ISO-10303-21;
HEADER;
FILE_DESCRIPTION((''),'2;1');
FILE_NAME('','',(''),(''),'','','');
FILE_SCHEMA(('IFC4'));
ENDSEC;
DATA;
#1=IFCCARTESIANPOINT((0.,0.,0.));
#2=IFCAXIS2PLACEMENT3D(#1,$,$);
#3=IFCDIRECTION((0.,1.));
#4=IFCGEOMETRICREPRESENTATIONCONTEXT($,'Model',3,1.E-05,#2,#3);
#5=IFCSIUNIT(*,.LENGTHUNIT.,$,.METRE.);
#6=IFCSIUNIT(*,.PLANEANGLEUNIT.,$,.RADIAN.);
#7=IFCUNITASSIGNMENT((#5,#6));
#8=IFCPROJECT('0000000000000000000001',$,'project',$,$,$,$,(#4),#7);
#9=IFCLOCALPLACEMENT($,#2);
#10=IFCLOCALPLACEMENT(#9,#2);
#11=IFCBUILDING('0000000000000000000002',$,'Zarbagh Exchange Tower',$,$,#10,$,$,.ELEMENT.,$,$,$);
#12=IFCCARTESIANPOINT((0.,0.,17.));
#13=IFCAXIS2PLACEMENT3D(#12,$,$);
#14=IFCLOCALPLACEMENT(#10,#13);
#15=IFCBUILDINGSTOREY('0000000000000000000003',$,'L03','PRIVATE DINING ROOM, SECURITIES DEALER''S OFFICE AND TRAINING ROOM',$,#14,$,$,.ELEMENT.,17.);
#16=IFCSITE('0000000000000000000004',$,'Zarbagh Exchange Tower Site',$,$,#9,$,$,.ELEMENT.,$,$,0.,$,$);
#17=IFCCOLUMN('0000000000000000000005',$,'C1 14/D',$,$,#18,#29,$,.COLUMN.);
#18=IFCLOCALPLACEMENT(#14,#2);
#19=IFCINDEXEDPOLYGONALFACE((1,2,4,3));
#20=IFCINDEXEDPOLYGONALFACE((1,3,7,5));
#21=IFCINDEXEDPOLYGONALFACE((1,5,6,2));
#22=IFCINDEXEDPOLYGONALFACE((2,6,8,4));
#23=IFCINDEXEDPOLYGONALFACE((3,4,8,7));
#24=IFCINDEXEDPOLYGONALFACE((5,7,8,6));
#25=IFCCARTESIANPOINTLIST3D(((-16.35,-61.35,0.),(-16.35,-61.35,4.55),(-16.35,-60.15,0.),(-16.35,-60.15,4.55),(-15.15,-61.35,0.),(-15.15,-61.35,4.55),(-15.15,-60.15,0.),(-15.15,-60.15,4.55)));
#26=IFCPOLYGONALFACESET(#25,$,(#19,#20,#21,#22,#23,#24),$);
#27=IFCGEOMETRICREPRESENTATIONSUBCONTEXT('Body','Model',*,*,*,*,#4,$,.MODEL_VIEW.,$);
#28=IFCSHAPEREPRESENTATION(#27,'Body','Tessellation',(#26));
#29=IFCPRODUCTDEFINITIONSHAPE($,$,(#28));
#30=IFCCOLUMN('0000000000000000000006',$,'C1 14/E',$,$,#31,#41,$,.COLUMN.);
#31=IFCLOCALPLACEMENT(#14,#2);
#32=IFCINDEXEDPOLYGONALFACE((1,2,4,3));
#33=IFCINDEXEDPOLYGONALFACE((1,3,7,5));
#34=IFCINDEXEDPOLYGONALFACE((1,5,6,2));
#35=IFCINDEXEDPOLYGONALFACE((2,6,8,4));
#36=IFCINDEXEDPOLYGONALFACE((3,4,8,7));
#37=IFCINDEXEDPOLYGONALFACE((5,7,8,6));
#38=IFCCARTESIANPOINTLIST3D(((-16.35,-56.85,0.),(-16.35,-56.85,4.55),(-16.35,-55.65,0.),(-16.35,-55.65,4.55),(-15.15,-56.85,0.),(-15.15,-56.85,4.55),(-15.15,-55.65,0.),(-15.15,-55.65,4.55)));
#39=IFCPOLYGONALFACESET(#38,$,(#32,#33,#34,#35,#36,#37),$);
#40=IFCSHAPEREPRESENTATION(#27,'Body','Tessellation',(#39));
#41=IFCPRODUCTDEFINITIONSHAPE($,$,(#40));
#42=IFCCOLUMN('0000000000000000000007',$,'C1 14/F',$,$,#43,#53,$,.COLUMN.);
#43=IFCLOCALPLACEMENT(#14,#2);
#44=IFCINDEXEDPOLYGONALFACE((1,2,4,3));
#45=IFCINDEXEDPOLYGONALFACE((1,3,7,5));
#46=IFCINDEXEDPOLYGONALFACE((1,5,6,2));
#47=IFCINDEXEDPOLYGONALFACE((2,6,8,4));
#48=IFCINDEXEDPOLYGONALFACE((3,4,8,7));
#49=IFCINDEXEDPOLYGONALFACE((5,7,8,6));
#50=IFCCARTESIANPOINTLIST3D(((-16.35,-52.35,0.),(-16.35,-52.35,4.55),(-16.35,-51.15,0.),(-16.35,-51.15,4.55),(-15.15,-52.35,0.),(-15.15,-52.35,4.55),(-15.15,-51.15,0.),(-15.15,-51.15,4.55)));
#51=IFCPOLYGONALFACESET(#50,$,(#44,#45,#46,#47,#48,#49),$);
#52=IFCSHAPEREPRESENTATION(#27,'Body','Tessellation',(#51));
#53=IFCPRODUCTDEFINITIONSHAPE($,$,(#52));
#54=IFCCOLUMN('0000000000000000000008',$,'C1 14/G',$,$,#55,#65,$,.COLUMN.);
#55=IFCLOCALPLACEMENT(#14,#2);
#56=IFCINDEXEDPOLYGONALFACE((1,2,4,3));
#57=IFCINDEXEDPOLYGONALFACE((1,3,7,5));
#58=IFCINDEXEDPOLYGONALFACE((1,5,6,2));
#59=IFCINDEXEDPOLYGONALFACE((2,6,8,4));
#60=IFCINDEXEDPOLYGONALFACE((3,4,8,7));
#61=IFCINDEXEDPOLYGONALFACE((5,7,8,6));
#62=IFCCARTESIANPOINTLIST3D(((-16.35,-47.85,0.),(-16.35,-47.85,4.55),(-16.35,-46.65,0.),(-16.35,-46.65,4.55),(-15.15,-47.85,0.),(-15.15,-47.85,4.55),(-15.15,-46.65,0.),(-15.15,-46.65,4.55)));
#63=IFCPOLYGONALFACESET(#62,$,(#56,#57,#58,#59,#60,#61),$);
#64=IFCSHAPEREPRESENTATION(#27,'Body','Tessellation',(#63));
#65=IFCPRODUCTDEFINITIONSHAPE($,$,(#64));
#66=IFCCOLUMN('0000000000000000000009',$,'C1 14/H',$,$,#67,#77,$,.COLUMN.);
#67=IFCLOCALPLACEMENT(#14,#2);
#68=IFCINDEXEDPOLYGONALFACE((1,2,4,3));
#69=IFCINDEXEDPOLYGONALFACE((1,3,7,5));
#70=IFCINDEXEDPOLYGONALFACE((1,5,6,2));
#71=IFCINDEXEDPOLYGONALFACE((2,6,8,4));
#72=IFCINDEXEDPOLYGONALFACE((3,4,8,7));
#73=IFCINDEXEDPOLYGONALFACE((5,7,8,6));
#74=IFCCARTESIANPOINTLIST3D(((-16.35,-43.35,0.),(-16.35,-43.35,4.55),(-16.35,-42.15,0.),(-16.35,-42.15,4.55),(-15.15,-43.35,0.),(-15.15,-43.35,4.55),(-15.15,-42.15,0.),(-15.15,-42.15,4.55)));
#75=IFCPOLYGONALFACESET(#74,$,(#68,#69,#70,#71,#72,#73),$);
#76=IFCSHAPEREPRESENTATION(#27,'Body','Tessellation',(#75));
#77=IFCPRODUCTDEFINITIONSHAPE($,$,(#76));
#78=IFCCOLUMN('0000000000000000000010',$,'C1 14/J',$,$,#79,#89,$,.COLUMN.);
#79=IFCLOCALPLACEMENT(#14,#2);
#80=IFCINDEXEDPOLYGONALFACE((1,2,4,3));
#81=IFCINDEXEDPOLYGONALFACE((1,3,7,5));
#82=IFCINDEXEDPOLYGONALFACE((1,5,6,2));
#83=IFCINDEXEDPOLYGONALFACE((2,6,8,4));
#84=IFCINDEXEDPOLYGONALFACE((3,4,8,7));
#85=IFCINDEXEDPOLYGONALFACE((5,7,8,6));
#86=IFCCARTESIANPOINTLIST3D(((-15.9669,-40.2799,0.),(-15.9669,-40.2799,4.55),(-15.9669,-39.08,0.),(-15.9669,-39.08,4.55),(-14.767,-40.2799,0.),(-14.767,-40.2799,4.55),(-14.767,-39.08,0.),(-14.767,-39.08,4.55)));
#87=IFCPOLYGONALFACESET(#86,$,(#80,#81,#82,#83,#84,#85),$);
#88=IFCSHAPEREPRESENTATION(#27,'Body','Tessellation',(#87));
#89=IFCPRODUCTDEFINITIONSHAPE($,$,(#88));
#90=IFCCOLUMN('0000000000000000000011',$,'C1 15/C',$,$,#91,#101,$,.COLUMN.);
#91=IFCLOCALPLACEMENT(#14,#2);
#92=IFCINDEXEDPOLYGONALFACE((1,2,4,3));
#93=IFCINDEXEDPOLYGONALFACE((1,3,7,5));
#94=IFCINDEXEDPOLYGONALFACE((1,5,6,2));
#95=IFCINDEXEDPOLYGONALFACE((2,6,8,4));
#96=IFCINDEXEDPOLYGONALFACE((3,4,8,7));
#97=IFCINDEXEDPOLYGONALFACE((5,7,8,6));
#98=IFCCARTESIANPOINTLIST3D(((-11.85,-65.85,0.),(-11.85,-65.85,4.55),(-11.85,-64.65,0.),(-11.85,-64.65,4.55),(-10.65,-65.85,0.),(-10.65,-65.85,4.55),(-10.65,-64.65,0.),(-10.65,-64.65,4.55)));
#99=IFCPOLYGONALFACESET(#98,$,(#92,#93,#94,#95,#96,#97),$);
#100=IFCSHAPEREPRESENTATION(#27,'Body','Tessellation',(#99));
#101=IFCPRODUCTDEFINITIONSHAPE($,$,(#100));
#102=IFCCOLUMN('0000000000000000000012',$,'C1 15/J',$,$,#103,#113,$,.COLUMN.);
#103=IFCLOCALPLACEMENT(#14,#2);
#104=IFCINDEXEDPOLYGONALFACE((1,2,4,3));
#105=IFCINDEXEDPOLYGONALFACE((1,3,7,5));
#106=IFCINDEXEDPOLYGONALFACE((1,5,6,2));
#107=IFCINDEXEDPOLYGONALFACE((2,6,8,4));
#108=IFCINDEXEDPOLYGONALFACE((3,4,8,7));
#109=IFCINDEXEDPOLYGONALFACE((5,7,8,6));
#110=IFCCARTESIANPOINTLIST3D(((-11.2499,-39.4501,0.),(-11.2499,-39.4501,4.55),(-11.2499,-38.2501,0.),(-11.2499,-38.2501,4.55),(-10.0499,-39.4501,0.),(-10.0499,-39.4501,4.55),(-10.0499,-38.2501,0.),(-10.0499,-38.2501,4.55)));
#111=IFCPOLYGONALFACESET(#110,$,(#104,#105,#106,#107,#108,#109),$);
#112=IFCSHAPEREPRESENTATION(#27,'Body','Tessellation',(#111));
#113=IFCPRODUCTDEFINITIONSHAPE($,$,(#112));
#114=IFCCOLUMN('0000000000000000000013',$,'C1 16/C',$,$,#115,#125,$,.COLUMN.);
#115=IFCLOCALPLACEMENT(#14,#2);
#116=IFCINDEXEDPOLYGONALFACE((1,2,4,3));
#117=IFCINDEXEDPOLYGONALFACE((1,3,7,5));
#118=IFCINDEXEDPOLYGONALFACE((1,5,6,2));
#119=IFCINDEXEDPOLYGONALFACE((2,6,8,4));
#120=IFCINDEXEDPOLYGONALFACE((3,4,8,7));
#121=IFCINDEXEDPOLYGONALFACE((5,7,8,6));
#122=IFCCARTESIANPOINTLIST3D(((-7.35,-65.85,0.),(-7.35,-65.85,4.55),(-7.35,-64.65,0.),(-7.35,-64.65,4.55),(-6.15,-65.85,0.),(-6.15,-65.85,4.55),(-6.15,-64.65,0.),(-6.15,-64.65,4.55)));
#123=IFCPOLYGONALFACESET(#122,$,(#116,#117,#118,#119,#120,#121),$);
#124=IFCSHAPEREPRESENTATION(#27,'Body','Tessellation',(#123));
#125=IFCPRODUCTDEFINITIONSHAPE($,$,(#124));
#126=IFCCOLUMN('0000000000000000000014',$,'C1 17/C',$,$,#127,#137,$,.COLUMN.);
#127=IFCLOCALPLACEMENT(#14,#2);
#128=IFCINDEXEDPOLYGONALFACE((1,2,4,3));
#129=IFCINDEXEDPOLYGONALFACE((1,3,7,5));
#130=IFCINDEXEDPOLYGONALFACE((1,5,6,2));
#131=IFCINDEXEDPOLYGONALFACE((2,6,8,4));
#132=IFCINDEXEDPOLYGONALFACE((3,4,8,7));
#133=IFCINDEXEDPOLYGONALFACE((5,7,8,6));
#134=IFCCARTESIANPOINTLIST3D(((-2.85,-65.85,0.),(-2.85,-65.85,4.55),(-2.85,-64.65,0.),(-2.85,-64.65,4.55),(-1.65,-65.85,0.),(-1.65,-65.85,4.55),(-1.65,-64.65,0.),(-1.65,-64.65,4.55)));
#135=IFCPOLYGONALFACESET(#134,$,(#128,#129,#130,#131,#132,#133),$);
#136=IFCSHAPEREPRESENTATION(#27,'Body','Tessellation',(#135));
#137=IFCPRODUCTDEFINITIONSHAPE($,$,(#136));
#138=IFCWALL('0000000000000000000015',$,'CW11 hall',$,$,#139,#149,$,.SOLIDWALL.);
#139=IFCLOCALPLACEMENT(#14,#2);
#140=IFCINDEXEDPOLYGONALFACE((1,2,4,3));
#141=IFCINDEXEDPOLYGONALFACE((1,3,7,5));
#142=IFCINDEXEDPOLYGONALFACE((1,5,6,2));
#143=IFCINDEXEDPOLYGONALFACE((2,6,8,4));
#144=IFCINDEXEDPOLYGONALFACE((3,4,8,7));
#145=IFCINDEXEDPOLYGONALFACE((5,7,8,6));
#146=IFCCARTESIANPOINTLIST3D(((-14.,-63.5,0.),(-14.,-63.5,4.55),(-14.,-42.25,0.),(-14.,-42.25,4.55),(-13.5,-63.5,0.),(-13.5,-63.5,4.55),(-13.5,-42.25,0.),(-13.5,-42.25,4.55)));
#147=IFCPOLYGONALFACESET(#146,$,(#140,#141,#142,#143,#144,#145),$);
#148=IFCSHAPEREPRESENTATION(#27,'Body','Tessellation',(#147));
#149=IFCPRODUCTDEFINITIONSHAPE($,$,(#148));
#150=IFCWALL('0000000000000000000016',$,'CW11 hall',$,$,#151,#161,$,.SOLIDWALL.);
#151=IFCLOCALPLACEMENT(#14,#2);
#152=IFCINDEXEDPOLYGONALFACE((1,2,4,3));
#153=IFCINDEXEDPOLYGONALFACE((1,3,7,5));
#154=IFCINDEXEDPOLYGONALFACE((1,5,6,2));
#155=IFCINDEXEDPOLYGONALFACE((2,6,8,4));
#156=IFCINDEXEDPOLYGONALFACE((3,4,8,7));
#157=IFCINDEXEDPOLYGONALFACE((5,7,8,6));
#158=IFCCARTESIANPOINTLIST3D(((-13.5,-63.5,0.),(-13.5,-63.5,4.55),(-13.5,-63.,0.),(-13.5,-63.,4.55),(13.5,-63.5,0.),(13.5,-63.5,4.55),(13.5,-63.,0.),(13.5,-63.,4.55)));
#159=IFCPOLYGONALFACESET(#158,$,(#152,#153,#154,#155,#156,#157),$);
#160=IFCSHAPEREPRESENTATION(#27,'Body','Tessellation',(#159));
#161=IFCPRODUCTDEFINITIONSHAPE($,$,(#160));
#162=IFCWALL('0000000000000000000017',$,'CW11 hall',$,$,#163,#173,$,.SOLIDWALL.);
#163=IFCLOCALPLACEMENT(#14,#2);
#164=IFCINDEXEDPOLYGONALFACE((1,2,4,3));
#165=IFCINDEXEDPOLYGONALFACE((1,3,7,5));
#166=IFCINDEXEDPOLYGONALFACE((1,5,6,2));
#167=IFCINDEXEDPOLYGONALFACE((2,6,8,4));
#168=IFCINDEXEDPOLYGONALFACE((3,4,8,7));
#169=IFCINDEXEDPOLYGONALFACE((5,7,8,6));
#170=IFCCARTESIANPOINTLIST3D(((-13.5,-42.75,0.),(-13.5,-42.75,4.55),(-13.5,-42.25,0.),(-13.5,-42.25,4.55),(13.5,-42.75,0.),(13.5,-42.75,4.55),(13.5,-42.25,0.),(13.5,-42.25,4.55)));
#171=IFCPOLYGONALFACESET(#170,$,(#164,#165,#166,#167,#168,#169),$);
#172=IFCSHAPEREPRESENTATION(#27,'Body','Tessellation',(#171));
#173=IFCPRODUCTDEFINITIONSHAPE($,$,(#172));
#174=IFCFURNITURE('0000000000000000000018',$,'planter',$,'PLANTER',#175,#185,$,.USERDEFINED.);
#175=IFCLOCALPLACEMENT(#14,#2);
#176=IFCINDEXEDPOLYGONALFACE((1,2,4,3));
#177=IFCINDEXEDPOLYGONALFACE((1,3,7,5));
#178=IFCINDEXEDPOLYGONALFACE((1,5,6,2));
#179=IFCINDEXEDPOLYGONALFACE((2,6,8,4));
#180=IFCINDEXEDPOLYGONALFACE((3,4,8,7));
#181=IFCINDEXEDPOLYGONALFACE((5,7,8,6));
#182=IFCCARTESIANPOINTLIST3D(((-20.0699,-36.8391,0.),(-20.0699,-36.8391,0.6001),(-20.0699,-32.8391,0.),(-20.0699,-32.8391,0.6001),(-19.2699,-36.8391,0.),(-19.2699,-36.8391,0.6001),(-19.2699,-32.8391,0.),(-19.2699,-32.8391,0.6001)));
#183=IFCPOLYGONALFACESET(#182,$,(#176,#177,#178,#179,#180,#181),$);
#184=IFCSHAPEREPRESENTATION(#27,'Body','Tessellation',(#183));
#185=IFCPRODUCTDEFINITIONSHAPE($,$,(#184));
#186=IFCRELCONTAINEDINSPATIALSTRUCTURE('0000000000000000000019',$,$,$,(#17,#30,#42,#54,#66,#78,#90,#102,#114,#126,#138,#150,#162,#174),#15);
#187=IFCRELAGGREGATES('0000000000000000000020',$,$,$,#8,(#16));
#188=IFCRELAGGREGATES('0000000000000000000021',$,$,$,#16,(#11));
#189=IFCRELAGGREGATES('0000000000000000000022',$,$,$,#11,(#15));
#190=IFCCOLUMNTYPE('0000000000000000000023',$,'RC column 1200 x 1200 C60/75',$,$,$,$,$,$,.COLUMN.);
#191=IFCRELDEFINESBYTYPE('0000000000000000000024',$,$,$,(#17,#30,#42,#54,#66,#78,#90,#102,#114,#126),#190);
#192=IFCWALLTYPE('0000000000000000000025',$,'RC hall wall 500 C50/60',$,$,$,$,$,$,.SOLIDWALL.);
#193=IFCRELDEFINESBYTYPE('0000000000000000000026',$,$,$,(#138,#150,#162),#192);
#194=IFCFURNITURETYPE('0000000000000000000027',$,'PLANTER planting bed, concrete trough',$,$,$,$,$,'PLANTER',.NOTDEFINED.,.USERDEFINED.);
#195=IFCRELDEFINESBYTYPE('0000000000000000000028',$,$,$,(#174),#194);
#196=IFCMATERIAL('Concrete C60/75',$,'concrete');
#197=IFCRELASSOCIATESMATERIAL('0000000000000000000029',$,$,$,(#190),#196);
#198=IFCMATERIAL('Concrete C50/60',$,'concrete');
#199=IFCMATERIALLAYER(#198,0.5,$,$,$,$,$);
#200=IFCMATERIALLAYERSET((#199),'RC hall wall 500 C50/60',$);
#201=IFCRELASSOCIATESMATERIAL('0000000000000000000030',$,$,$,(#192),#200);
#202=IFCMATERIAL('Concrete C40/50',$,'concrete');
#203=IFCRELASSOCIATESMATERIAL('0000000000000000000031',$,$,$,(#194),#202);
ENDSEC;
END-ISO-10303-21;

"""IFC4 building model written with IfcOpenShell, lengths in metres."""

from ifc_helpers import new_model, si_unit, direction, frame, frame_2d, origin, origin_2d, place, context, subcontext, project, spatial, rectangle, extrude, material, layer, layer_set, material_profile, profile_set, type_object, element, save


model = new_model("IFC4")

# Units and contexts
model_context = context("Model", 3, precision=1e-05, world=origin(), true_north=direction((0.0, 1.0)))
body_context = subcontext(model_context, "Body", "Model", "MODEL_VIEW")
ifc_project = project(units=[si_unit("LENGTHUNIT", "METRE"), si_unit("PLANEANGLEUNIT", "RADIAN")], contexts=[model_context])

# Site, building, storey
site_placement = place(None, origin())
site = spatial("IfcSite", under=ifc_project, at=site_placement, Name="Zarbagh Exchange Tower Site", CompositionType="ELEMENT", RefElevation=0.0)
building_placement = place(site_placement, origin())
building = spatial("IfcBuilding", under=site, at=building_placement, Name="Zarbagh Exchange Tower", CompositionType="ELEMENT")
storey_placement = place(building_placement, frame((0.0, 0.0, 17.0)))
storey = spatial("IfcBuildingStorey", under=building, at=storey_placement, Name="L03", Description="PRIVATE DINING ROOM, SECURITIES DEALER'S OFFICE AND TRAINING ROOM", CompositionType="ELEMENT", Elevation=17.0)

# Columns
ifc_material_1 = material(Name="Concrete C60/75", Category="concrete")
ifc_material_profile = material_profile(ifc_material_1, rectangle(XDim=1.2, YDim=1.2, at=origin_2d()), Name="RC column 1200 x 1200 C60/75")
ifc_profile_set = profile_set([ifc_material_profile], Name="Concrete C60/75")
column_type = type_object("IfcColumnType", Name="RC column 1200 x 1200 C60/75", PredefinedType="COLUMN", material=ifc_profile_set)
for number, where, z_axis, x_axis, name in (
    (1, (-15.75, -60.75, 0.0), (0.0, 0.0, 1.0), (1.0, 0.0, 0.0), "C1 14/D"),
    (2, (-15.75, -56.25, 0.0), (0.0, 0.0, 1.0), (1.0, 0.0, 0.0), "C1 14/E"),
    (3, (-15.75, -51.75, 0.0), (0.0, 0.0, 1.0), (1.0, 0.0, 0.0), "C1 14/F"),
    (4, (-15.75, -47.25, 0.0), (0.0, 0.0, 1.0), (1.0, 0.0, 0.0), "C1 14/G"),
    (5, (-15.75, -42.75, 0.0), (0.0, 0.0, 1.0), (1.0, 0.0, 0.0), "C1 14/H"),
    (6, (-15.3669, -39.6799, 0.0), (0.0, 0.0, 1.0), (1.0, 0.0, 0.0), "C1 14/J"),
    (7, (-11.25, -65.25, 0.0), (0.0, 0.0, 1.0), (1.0, 0.0, 0.0), "C1 15/C"),
    (8, (-10.6499, -38.8501, 0.0), (0.0, 0.0, 1.0), (1.0, 0.0, 0.0), "C1 15/J"),
    (9, (-6.75, -65.25, 0.0), (0.0, 0.0, 1.0), (1.0, 0.0, 0.0), "C1 16/C"),
    (10, (-2.25, -65.25, 0.0), (0.0, 0.0, 1.0), (1.0, 0.0, 0.0), "C1 17/C"),
):
    element("IfcColumn", number, at=place(storey_placement, frame(where, z_axis=z_axis, x_axis=x_axis)), inside=storey, type_object=column_type, Name=name, PredefinedType="COLUMN", context=body_context, shape_type="SweptSolid", body=[
        extrude(rectangle(XDim=1.2, YDim=1.2, at=origin_2d()), origin(), (0.0, 0.0, 1.0), 4.55),
    ])

# Walls
ifc_material_2 = material(Name="Concrete C50/60", Category="concrete")
ifc_layer_1 = layer(ifc_material_2, 0.5)
ifc_layer_set_1 = layer_set([ifc_layer_1], Name="RC hall wall 500 C50/60")
wall_type_1 = type_object("IfcWallType", Name="RC hall wall 500 C50/60", PredefinedType="SOLIDWALL", material=ifc_layer_set_1)
wall_1_placement = place(storey_placement, frame((-13.75, -63.5, 0.0), z_axis=(0.0, 0.0, 1.0), x_axis=(0.0, 1.0, 0.0)))
element("IfcWall", 11, at=wall_1_placement, inside=storey, type_object=wall_type_1, Name="CW11 hall", PredefinedType="SOLIDWALL", context=body_context, shape_type="SweptSolid", body=[
    extrude(rectangle(XDim=21.25, YDim=0.5, at=frame_2d((10.625, 0.0))), origin(), (0.0, 0.0, 1.0), 4.55),
])
for number, where, z_axis, x_axis, name in (
    (12, (-13.5, -63.25, 0.0), (0.0, 0.0, 1.0), (1.0, 0.0, 0.0), "CW11 hall"),
    (13, (-13.5, -42.5, 0.0), (0.0, 0.0, 1.0), (1.0, 0.0, 0.0), "CW11 hall"),
):
    element("IfcWall", number, at=place(storey_placement, frame(where, z_axis=z_axis, x_axis=x_axis)), inside=storey, type_object=wall_type_1, Name=name, PredefinedType="SOLIDWALL", context=body_context, shape_type="SweptSolid", body=[
        extrude(rectangle(XDim=27.0, YDim=0.5, at=frame_2d((13.5, 0.0))), origin(), (0.0, 0.0, 1.0), 4.55),
    ])

# Furniture
ifc_material_3 = material(Name="Concrete C40/50", Category="concrete")
furniture_type = type_object("IfcFurnitureType", Name="PLANTER planting bed, concrete trough", ElementType="PLANTER", AssemblyPlace="NOTDEFINED", PredefinedType="USERDEFINED", material=ifc_material_3)
furniture_placement = place(storey_placement, frame((-19.6699, -34.8391, 0.0), z_axis=(0.0, 0.0, 1.0), x_axis=(0.0, 1.0, 0.0)))
element("IfcFurniture", 14, at=furniture_placement, inside=storey, type_object=furniture_type, Name="planter", ObjectType="PLANTER", PredefinedType="USERDEFINED", context=body_context, shape_type="SweptSolid", body=[
    extrude(rectangle(XDim=4.0, YDim=0.8, at=origin_2d()), origin(), (0.0, 0.0, 1.0), 0.6001),
])

save(model, "model.ifc")
